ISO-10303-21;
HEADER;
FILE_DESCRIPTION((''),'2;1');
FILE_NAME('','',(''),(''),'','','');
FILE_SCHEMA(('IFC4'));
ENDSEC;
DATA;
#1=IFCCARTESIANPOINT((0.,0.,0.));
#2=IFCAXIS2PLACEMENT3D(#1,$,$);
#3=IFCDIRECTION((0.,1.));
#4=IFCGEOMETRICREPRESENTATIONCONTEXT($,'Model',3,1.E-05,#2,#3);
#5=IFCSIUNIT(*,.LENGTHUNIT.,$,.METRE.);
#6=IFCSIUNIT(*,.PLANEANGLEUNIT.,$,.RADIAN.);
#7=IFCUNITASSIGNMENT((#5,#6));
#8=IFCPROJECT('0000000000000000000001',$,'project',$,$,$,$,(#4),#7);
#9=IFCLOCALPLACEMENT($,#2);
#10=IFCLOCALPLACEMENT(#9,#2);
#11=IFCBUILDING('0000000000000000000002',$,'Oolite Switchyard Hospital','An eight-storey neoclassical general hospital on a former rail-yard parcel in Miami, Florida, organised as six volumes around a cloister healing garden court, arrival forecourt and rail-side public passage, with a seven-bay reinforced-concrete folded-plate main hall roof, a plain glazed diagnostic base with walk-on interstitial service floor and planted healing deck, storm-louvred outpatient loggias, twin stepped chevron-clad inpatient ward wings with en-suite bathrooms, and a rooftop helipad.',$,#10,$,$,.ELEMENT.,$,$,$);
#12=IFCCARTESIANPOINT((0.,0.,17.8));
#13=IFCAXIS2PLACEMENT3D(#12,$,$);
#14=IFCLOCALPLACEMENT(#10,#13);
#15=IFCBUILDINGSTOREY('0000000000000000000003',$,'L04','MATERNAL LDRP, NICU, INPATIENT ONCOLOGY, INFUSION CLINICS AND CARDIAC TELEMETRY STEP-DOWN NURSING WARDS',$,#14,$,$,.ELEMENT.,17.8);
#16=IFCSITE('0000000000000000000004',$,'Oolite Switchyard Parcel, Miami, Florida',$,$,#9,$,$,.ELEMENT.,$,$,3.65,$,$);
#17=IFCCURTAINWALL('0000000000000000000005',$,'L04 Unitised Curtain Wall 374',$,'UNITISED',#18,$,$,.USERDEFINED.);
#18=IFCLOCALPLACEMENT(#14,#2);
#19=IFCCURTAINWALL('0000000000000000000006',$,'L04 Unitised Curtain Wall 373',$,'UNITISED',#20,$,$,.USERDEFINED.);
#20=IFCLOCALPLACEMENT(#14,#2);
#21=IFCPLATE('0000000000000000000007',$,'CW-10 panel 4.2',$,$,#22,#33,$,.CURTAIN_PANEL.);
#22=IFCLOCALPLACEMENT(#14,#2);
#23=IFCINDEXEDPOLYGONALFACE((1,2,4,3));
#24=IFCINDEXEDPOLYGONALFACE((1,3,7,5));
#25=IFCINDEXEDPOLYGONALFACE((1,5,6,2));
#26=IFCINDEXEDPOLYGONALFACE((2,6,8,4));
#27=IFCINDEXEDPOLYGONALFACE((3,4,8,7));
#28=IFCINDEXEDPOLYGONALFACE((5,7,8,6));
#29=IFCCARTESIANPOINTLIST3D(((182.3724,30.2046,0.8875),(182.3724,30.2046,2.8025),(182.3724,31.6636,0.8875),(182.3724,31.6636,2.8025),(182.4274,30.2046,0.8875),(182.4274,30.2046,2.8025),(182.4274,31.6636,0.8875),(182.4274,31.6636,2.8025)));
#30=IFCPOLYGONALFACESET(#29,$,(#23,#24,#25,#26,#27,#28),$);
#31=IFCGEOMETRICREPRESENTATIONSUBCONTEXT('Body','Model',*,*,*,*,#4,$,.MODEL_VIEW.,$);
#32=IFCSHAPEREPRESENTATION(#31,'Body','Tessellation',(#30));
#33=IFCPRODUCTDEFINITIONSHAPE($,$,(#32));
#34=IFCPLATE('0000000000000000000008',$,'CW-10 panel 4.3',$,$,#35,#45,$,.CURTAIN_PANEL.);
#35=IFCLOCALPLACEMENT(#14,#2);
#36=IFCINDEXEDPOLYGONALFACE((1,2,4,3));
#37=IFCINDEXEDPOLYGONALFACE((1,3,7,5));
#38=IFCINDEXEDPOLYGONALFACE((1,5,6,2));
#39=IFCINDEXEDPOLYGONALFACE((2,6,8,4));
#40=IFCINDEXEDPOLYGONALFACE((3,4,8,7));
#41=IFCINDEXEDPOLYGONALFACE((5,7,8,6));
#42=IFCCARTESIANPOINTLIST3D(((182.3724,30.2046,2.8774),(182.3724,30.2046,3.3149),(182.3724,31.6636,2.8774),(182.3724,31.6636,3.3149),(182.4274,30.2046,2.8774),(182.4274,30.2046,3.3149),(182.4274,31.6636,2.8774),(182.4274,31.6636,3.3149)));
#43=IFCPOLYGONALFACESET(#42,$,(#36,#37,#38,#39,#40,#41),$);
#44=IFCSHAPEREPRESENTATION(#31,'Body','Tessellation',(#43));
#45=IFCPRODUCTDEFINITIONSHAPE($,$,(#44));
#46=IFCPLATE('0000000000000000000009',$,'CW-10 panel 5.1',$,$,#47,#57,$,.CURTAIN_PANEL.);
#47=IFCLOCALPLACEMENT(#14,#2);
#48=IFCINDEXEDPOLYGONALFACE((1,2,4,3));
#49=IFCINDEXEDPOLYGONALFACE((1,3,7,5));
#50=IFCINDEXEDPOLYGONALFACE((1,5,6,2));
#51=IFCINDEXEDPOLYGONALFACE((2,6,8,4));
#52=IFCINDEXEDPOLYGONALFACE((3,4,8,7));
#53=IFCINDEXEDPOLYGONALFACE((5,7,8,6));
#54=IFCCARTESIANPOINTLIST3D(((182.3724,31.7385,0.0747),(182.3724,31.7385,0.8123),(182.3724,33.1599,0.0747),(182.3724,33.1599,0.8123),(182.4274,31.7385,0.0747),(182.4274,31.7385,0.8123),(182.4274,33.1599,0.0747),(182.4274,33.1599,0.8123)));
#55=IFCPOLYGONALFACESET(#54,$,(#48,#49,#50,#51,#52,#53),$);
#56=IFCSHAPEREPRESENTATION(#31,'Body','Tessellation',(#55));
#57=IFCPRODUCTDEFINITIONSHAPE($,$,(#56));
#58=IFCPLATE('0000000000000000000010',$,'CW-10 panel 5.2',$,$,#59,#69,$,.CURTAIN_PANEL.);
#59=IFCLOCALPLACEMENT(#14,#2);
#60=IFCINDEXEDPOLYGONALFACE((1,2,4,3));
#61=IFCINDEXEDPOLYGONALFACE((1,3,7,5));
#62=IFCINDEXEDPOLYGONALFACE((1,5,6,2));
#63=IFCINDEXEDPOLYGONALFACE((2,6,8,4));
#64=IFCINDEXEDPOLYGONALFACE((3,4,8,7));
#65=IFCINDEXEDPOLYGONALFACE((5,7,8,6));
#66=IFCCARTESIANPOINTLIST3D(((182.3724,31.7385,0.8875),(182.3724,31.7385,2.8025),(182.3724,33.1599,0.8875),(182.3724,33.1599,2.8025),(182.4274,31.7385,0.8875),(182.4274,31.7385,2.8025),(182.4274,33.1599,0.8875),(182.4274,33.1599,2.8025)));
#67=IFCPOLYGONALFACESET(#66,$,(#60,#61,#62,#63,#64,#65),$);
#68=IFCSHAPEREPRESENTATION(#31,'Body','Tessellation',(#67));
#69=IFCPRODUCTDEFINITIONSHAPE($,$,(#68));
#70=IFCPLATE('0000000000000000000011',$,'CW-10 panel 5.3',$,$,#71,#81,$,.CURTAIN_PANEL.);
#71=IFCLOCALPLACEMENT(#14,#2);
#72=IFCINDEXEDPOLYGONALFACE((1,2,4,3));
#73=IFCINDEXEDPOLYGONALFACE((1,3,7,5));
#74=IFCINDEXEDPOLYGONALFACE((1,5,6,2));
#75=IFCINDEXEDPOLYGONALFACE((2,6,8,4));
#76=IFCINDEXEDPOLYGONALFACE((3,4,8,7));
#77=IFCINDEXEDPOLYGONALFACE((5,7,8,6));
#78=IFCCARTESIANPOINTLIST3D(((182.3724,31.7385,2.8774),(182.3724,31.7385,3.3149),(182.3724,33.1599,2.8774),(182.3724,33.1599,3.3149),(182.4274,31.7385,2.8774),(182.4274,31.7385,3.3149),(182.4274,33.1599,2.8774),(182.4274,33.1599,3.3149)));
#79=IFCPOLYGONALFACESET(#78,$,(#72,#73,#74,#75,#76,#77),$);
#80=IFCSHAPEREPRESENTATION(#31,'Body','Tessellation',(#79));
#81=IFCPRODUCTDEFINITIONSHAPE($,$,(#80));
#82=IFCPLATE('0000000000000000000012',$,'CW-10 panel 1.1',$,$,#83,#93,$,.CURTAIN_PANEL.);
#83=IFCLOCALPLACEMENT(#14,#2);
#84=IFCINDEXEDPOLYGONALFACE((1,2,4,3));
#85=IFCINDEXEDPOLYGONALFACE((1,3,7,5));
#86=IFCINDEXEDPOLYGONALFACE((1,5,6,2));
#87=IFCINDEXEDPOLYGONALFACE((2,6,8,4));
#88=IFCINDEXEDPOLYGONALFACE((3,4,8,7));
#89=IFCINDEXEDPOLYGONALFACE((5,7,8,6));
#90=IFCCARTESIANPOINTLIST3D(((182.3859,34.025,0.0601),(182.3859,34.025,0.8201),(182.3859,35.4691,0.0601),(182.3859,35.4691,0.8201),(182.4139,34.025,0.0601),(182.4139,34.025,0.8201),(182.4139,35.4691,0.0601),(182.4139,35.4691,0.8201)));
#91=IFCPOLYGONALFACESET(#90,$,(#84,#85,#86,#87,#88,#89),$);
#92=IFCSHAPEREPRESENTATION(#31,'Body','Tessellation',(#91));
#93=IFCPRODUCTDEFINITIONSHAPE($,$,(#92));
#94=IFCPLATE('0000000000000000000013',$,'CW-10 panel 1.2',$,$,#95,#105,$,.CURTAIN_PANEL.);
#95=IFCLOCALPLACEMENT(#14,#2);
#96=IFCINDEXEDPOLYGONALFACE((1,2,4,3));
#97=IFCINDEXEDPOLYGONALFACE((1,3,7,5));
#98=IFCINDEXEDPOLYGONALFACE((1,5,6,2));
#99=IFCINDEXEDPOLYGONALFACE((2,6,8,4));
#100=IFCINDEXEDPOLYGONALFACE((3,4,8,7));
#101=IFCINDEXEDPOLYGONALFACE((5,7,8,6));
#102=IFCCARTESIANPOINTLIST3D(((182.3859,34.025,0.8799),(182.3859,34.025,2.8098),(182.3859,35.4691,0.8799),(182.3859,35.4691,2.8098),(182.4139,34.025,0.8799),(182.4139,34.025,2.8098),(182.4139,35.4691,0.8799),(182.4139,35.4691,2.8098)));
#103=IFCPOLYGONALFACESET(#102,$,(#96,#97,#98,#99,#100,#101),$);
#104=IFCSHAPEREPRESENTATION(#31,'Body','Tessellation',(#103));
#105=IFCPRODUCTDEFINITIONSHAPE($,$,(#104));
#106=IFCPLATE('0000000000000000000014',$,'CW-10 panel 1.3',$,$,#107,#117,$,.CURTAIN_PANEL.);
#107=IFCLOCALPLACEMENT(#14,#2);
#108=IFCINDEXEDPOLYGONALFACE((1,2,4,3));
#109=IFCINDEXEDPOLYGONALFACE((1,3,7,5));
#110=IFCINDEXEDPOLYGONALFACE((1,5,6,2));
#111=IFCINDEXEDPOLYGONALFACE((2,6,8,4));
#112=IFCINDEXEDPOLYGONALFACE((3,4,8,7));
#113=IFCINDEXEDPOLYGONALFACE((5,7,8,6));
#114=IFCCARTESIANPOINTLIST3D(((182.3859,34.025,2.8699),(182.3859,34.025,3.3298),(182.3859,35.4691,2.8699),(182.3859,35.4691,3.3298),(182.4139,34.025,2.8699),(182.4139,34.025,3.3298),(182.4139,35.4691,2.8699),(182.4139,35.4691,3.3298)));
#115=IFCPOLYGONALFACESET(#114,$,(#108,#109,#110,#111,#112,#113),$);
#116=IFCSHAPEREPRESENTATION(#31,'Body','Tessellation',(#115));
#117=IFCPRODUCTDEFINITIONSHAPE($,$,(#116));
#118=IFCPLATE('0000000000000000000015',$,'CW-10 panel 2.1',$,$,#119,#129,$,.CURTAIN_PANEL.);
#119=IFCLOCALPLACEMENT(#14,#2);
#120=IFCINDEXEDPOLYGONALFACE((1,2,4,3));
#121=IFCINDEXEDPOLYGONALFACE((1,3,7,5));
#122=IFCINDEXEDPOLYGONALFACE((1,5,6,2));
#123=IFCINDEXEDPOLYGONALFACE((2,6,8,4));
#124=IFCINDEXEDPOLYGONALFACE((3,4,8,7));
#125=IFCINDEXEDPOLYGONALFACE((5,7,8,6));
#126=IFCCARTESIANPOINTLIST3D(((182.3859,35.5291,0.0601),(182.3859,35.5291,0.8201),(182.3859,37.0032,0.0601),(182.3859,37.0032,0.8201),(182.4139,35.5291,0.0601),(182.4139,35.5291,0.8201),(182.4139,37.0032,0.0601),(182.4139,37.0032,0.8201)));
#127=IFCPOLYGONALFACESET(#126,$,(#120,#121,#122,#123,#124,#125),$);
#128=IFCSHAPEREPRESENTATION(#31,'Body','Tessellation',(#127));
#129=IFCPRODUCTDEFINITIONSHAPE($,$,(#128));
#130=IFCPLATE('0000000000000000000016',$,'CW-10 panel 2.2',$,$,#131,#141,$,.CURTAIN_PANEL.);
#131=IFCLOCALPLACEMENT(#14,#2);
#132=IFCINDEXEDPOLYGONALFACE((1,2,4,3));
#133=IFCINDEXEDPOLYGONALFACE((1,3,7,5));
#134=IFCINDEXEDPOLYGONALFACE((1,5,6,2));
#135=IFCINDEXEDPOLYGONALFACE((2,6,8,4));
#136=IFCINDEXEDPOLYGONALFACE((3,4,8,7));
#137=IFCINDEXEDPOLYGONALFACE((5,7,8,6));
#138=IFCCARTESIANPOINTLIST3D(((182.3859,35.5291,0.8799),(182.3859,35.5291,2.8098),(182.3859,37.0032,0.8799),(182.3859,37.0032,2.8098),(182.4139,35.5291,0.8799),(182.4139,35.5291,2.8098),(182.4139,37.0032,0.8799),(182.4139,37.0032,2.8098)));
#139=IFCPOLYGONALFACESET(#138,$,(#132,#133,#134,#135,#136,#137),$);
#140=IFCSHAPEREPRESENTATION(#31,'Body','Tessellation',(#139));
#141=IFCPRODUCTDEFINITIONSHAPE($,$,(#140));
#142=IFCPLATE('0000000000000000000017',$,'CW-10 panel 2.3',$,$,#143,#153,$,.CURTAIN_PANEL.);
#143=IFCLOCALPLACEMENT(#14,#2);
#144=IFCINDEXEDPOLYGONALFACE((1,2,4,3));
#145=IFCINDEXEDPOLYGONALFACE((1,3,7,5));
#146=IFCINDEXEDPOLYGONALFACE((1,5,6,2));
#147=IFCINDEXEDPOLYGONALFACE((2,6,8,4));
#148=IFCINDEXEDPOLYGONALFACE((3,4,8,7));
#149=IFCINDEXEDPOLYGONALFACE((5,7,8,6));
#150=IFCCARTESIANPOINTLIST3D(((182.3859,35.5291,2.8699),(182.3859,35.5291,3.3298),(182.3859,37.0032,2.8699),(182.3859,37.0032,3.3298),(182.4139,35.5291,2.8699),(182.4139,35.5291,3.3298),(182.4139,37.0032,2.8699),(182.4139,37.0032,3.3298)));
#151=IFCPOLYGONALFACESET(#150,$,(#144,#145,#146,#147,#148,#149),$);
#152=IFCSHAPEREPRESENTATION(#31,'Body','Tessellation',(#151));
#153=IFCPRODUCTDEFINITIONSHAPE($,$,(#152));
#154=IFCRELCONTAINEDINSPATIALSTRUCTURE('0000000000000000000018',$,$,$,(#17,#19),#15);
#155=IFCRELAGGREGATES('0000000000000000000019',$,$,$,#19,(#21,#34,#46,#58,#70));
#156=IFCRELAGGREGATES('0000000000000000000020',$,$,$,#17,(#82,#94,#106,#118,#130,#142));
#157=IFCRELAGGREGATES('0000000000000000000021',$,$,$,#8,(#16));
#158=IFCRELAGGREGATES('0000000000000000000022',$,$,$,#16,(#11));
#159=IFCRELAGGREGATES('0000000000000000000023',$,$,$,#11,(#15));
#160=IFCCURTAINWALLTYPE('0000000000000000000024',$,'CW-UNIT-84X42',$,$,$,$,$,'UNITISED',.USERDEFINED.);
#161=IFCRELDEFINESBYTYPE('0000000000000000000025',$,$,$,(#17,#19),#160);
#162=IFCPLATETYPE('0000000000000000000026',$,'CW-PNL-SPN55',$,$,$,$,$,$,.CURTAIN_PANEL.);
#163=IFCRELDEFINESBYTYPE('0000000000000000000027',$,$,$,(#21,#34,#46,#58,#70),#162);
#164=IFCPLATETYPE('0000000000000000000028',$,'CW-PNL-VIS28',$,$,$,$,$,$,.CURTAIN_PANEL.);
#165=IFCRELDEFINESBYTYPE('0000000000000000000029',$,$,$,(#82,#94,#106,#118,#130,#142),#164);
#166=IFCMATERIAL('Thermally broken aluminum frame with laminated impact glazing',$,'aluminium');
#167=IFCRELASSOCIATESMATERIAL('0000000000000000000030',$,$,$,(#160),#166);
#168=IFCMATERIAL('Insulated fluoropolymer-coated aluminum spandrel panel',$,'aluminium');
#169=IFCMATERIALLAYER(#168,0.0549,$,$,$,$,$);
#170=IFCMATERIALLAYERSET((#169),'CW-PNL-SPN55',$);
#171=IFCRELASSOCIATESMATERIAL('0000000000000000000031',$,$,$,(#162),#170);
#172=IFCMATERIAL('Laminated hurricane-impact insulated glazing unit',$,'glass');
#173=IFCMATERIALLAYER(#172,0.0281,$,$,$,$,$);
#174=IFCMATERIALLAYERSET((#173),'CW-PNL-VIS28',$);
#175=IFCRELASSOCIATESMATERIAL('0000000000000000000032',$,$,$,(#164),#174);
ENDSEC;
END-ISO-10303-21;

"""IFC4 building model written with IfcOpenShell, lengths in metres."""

from ifc_helpers import new_model, si_unit, direction, frame, origin, origin_2d, place, context, subcontext, project, spatial, rectangle, extrude, material, layer, layer_set, type_object, element, aggregate, save


model = new_model("IFC4")

# Units and contexts
model_context = context("Model", 3, precision=1e-05, world=origin(), true_north=direction((0.0, 1.0)))
body_context = subcontext(model_context, "Body", "Model", "MODEL_VIEW")
ifc_project = project(units=[si_unit("LENGTHUNIT", "METRE"), si_unit("PLANEANGLEUNIT", "RADIAN")], contexts=[model_context])

# Site, building, storey
site_placement = place(None, origin())
site = spatial("IfcSite", under=ifc_project, at=site_placement, Name="Oolite Switchyard Parcel, Miami, Florida", CompositionType="ELEMENT", RefElevation=3.65)
building_placement = place(site_placement, origin())
building = spatial("IfcBuilding", under=site, at=building_placement, Name="Oolite Switchyard Hospital", Description="An eight-storey neoclassical general hospital on a former rail-yard parcel in Miami, Florida, organised as six volumes around a cloister healing garden court, arrival forecourt and rail-side public passage, with a seven-bay reinforced-concrete folded-plate main hall roof, a plain glazed diagnostic base with walk-on interstitial service floor and planted healing deck, storm-louvred outpatient loggias, twin stepped chevron-clad inpatient ward wings with en-suite bathrooms, and a rooftop helipad.", CompositionType="ELEMENT")
storey_placement = place(building_placement, frame((0.0, 0.0, 17.8)))
storey = spatial("IfcBuildingStorey", under=building, at=storey_placement, Name="L04", Description="MATERNAL LDRP, NICU, INPATIENT ONCOLOGY, INFUSION CLINICS AND CARDIAC TELEMETRY STEP-DOWN NURSING WARDS", CompositionType="ELEMENT", Elevation=17.8)

# Curtain walls
ifc_material_1 = material(Name="Thermally broken aluminum frame with laminated impact glazing", Category="aluminium")
curtain_wall_type = type_object("IfcCurtainWallType", Name="CW-UNIT-84X42", ElementType="UNITISED", PredefinedType="USERDEFINED", material=ifc_material_1)
curtain_wall_1_placement = place(storey_placement, origin())
curtain_wall_1 = element("IfcCurtainWall", 1, at=curtain_wall_1_placement, inside=storey, type_object=curtain_wall_type, Name="L04 Unitised Curtain Wall 374", ObjectType="UNITISED", PredefinedType="USERDEFINED")
curtain_wall_2_placement = place(storey_placement, origin())
curtain_wall_2 = element("IfcCurtainWall", 2, at=curtain_wall_2_placement, inside=storey, type_object=curtain_wall_type, Name="L04 Unitised Curtain Wall 373", ObjectType="UNITISED", PredefinedType="USERDEFINED")

# Plates
ifc_material_2 = material(Name="Insulated fluoropolymer-coated aluminum spandrel panel", Category="aluminium")
ifc_layer_1 = layer(ifc_material_2, 0.0549)
ifc_layer_set_1 = layer_set([ifc_layer_1], Name="CW-PNL-SPN55")
plate_type_1 = type_object("IfcPlateType", Name="CW-PNL-SPN55", PredefinedType="CURTAIN_PANEL", material=ifc_layer_set_1)
plate_1_placement = place(storey_placement, frame((182.3999, 30.9341, 0.8875), z_axis=(0.0, 0.0, 1.0), x_axis=(0.0, 1.0, 0.0)))
plate_1 = element("IfcPlate", 3, at=plate_1_placement, type_object=plate_type_1, Name="CW-10 panel 4.2", PredefinedType="CURTAIN_PANEL", context=body_context, shape_type="SweptSolid", body=[
    extrude(rectangle(XDim=1.459, YDim=0.0549, at=origin_2d()), origin(), (0.0, 0.0, 1.0), 1.915),
])
plate_2_placement = place(storey_placement, frame((182.3999, 30.9341, 2.8774), z_axis=(0.0, 0.0, 1.0), x_axis=(0.0, 1.0, 0.0)))
plate_2 = element("IfcPlate", 4, at=plate_2_placement, type_object=plate_type_1, Name="CW-10 panel 4.3", PredefinedType="CURTAIN_PANEL", context=body_context, shape_type="SweptSolid", body=[
    extrude(rectangle(XDim=1.459, YDim=0.0549, at=origin_2d()), origin(), (0.0, 0.0, 1.0), 0.4375),
])
plate_3_placement = place(storey_placement, frame((182.3999, 32.4492, 0.0747), z_axis=(0.0, 0.0, 1.0), x_axis=(0.0, 1.0, 0.0)))
plate_3 = element("IfcPlate", 5, at=plate_3_placement, type_object=plate_type_1, Name="CW-10 panel 5.1", PredefinedType="CURTAIN_PANEL", context=body_context, shape_type="SweptSolid", body=[
    extrude(rectangle(XDim=1.4214, YDim=0.0549, at=origin_2d()), origin(), (0.0, 0.0, 1.0), 0.7375),
])
plate_4_placement = place(storey_placement, frame((182.3999, 32.4492, 0.8875), z_axis=(0.0, 0.0, 1.0), x_axis=(0.0, 1.0, 0.0)))
plate_4 = element("IfcPlate", 6, at=plate_4_placement, type_object=plate_type_1, Name="CW-10 panel 5.2", PredefinedType="CURTAIN_PANEL", context=body_context, shape_type="SweptSolid", body=[
    extrude(rectangle(XDim=1.4214, YDim=0.0549, at=origin_2d()), origin(), (0.0, 0.0, 1.0), 1.915),
])
plate_5_placement = place(storey_placement, frame((182.3999, 32.4492, 2.8774), z_axis=(0.0, 0.0, 1.0), x_axis=(0.0, 1.0, 0.0)))
plate_5 = element("IfcPlate", 7, at=plate_5_placement, type_object=plate_type_1, Name="CW-10 panel 5.3", PredefinedType="CURTAIN_PANEL", context=body_context, shape_type="SweptSolid", body=[
    extrude(rectangle(XDim=1.4214, YDim=0.0549, at=origin_2d()), origin(), (0.0, 0.0, 1.0), 0.4375),
])
aggregate(curtain_wall_2, [plate_1, plate_2, plate_3, plate_4, plate_5])
ifc_material_3 = material(Name="Laminated hurricane-impact insulated glazing unit", Category="glass")
ifc_layer_2 = layer(ifc_material_3, 0.0281)
ifc_layer_set_2 = layer_set([ifc_layer_2], Name="CW-PNL-VIS28")
plate_type_2 = type_object("IfcPlateType", Name="CW-PNL-VIS28", PredefinedType="CURTAIN_PANEL", material=ifc_layer_set_2)
plate_6_placement = place(storey_placement, frame((182.3999, 34.7471, 0.0601), z_axis=(0.0, 0.0, 1.0), x_axis=(0.0, 1.0, 0.0)))
plate_6 = element("IfcPlate", 8, at=plate_6_placement, type_object=plate_type_2, Name="CW-10 panel 1.1", PredefinedType="CURTAIN_PANEL", context=body_context, shape_type="SweptSolid", body=[
    extrude(rectangle(XDim=1.4441, YDim=0.0281, at=origin_2d()), origin(), (0.0, 0.0, 1.0), 0.76),
])
plate_7_placement = place(storey_placement, frame((182.3999, 34.7471, 0.8799), z_axis=(0.0, 0.0, 1.0), x_axis=(0.0, 1.0, 0.0)))
plate_7 = element("IfcPlate", 9, at=plate_7_placement, type_object=plate_type_2, Name="CW-10 panel 1.2", PredefinedType="CURTAIN_PANEL", context=body_context, shape_type="SweptSolid", body=[
    extrude(rectangle(XDim=1.4441, YDim=0.0281, at=origin_2d()), origin(), (0.0, 0.0, 1.0), 1.9299),
])
plate_8_placement = place(storey_placement, frame((182.3999, 34.7471, 2.8699), z_axis=(0.0, 0.0, 1.0), x_axis=(0.0, 1.0, 0.0)))
plate_8 = element("IfcPlate", 10, at=plate_8_placement, type_object=plate_type_2, Name="CW-10 panel 1.3", PredefinedType="CURTAIN_PANEL", context=body_context, shape_type="SweptSolid", body=[
    extrude(rectangle(XDim=1.4441, YDim=0.0281, at=origin_2d()), origin(), (0.0, 0.0, 1.0), 0.46),
])
plate_9_placement = place(storey_placement, frame((182.3999, 36.2661, 0.0601), z_axis=(0.0, 0.0, 1.0), x_axis=(0.0, 1.0, 0.0)))
plate_9 = element("IfcPlate", 11, at=plate_9_placement, type_object=plate_type_2, Name="CW-10 panel 2.1", PredefinedType="CURTAIN_PANEL", context=body_context, shape_type="SweptSolid", body=[
    extrude(rectangle(XDim=1.4741, YDim=0.0281, at=origin_2d()), origin(), (0.0, 0.0, 1.0), 0.76),
])
plate_10_placement = place(storey_placement, frame((182.3999, 36.2661, 0.8799), z_axis=(0.0, 0.0, 1.0), x_axis=(0.0, 1.0, 0.0)))
plate_10 = element("IfcPlate", 12, at=plate_10_placement, type_object=plate_type_2, Name="CW-10 panel 2.2", PredefinedType="CURTAIN_PANEL", context=body_context, shape_type="SweptSolid", body=[
    extrude(rectangle(XDim=1.4741, YDim=0.0281, at=origin_2d()), origin(), (0.0, 0.0, 1.0), 1.9299),
])
plate_11_placement = place(storey_placement, frame((182.3999, 36.2661, 2.8699), z_axis=(0.0, 0.0, 1.0), x_axis=(0.0, 1.0, 0.0)))
plate_11 = element("IfcPlate", 13, at=plate_11_placement, type_object=plate_type_2, Name="CW-10 panel 2.3", PredefinedType="CURTAIN_PANEL", context=body_context, shape_type="SweptSolid", body=[
    extrude(rectangle(XDim=1.4741, YDim=0.0281, at=origin_2d()), origin(), (0.0, 0.0, 1.0), 0.46),
])
aggregate(curtain_wall_1, [plate_6, plate_7, plate_8, plate_9, plate_10, plate_11])

save(model, "model.ifc")
